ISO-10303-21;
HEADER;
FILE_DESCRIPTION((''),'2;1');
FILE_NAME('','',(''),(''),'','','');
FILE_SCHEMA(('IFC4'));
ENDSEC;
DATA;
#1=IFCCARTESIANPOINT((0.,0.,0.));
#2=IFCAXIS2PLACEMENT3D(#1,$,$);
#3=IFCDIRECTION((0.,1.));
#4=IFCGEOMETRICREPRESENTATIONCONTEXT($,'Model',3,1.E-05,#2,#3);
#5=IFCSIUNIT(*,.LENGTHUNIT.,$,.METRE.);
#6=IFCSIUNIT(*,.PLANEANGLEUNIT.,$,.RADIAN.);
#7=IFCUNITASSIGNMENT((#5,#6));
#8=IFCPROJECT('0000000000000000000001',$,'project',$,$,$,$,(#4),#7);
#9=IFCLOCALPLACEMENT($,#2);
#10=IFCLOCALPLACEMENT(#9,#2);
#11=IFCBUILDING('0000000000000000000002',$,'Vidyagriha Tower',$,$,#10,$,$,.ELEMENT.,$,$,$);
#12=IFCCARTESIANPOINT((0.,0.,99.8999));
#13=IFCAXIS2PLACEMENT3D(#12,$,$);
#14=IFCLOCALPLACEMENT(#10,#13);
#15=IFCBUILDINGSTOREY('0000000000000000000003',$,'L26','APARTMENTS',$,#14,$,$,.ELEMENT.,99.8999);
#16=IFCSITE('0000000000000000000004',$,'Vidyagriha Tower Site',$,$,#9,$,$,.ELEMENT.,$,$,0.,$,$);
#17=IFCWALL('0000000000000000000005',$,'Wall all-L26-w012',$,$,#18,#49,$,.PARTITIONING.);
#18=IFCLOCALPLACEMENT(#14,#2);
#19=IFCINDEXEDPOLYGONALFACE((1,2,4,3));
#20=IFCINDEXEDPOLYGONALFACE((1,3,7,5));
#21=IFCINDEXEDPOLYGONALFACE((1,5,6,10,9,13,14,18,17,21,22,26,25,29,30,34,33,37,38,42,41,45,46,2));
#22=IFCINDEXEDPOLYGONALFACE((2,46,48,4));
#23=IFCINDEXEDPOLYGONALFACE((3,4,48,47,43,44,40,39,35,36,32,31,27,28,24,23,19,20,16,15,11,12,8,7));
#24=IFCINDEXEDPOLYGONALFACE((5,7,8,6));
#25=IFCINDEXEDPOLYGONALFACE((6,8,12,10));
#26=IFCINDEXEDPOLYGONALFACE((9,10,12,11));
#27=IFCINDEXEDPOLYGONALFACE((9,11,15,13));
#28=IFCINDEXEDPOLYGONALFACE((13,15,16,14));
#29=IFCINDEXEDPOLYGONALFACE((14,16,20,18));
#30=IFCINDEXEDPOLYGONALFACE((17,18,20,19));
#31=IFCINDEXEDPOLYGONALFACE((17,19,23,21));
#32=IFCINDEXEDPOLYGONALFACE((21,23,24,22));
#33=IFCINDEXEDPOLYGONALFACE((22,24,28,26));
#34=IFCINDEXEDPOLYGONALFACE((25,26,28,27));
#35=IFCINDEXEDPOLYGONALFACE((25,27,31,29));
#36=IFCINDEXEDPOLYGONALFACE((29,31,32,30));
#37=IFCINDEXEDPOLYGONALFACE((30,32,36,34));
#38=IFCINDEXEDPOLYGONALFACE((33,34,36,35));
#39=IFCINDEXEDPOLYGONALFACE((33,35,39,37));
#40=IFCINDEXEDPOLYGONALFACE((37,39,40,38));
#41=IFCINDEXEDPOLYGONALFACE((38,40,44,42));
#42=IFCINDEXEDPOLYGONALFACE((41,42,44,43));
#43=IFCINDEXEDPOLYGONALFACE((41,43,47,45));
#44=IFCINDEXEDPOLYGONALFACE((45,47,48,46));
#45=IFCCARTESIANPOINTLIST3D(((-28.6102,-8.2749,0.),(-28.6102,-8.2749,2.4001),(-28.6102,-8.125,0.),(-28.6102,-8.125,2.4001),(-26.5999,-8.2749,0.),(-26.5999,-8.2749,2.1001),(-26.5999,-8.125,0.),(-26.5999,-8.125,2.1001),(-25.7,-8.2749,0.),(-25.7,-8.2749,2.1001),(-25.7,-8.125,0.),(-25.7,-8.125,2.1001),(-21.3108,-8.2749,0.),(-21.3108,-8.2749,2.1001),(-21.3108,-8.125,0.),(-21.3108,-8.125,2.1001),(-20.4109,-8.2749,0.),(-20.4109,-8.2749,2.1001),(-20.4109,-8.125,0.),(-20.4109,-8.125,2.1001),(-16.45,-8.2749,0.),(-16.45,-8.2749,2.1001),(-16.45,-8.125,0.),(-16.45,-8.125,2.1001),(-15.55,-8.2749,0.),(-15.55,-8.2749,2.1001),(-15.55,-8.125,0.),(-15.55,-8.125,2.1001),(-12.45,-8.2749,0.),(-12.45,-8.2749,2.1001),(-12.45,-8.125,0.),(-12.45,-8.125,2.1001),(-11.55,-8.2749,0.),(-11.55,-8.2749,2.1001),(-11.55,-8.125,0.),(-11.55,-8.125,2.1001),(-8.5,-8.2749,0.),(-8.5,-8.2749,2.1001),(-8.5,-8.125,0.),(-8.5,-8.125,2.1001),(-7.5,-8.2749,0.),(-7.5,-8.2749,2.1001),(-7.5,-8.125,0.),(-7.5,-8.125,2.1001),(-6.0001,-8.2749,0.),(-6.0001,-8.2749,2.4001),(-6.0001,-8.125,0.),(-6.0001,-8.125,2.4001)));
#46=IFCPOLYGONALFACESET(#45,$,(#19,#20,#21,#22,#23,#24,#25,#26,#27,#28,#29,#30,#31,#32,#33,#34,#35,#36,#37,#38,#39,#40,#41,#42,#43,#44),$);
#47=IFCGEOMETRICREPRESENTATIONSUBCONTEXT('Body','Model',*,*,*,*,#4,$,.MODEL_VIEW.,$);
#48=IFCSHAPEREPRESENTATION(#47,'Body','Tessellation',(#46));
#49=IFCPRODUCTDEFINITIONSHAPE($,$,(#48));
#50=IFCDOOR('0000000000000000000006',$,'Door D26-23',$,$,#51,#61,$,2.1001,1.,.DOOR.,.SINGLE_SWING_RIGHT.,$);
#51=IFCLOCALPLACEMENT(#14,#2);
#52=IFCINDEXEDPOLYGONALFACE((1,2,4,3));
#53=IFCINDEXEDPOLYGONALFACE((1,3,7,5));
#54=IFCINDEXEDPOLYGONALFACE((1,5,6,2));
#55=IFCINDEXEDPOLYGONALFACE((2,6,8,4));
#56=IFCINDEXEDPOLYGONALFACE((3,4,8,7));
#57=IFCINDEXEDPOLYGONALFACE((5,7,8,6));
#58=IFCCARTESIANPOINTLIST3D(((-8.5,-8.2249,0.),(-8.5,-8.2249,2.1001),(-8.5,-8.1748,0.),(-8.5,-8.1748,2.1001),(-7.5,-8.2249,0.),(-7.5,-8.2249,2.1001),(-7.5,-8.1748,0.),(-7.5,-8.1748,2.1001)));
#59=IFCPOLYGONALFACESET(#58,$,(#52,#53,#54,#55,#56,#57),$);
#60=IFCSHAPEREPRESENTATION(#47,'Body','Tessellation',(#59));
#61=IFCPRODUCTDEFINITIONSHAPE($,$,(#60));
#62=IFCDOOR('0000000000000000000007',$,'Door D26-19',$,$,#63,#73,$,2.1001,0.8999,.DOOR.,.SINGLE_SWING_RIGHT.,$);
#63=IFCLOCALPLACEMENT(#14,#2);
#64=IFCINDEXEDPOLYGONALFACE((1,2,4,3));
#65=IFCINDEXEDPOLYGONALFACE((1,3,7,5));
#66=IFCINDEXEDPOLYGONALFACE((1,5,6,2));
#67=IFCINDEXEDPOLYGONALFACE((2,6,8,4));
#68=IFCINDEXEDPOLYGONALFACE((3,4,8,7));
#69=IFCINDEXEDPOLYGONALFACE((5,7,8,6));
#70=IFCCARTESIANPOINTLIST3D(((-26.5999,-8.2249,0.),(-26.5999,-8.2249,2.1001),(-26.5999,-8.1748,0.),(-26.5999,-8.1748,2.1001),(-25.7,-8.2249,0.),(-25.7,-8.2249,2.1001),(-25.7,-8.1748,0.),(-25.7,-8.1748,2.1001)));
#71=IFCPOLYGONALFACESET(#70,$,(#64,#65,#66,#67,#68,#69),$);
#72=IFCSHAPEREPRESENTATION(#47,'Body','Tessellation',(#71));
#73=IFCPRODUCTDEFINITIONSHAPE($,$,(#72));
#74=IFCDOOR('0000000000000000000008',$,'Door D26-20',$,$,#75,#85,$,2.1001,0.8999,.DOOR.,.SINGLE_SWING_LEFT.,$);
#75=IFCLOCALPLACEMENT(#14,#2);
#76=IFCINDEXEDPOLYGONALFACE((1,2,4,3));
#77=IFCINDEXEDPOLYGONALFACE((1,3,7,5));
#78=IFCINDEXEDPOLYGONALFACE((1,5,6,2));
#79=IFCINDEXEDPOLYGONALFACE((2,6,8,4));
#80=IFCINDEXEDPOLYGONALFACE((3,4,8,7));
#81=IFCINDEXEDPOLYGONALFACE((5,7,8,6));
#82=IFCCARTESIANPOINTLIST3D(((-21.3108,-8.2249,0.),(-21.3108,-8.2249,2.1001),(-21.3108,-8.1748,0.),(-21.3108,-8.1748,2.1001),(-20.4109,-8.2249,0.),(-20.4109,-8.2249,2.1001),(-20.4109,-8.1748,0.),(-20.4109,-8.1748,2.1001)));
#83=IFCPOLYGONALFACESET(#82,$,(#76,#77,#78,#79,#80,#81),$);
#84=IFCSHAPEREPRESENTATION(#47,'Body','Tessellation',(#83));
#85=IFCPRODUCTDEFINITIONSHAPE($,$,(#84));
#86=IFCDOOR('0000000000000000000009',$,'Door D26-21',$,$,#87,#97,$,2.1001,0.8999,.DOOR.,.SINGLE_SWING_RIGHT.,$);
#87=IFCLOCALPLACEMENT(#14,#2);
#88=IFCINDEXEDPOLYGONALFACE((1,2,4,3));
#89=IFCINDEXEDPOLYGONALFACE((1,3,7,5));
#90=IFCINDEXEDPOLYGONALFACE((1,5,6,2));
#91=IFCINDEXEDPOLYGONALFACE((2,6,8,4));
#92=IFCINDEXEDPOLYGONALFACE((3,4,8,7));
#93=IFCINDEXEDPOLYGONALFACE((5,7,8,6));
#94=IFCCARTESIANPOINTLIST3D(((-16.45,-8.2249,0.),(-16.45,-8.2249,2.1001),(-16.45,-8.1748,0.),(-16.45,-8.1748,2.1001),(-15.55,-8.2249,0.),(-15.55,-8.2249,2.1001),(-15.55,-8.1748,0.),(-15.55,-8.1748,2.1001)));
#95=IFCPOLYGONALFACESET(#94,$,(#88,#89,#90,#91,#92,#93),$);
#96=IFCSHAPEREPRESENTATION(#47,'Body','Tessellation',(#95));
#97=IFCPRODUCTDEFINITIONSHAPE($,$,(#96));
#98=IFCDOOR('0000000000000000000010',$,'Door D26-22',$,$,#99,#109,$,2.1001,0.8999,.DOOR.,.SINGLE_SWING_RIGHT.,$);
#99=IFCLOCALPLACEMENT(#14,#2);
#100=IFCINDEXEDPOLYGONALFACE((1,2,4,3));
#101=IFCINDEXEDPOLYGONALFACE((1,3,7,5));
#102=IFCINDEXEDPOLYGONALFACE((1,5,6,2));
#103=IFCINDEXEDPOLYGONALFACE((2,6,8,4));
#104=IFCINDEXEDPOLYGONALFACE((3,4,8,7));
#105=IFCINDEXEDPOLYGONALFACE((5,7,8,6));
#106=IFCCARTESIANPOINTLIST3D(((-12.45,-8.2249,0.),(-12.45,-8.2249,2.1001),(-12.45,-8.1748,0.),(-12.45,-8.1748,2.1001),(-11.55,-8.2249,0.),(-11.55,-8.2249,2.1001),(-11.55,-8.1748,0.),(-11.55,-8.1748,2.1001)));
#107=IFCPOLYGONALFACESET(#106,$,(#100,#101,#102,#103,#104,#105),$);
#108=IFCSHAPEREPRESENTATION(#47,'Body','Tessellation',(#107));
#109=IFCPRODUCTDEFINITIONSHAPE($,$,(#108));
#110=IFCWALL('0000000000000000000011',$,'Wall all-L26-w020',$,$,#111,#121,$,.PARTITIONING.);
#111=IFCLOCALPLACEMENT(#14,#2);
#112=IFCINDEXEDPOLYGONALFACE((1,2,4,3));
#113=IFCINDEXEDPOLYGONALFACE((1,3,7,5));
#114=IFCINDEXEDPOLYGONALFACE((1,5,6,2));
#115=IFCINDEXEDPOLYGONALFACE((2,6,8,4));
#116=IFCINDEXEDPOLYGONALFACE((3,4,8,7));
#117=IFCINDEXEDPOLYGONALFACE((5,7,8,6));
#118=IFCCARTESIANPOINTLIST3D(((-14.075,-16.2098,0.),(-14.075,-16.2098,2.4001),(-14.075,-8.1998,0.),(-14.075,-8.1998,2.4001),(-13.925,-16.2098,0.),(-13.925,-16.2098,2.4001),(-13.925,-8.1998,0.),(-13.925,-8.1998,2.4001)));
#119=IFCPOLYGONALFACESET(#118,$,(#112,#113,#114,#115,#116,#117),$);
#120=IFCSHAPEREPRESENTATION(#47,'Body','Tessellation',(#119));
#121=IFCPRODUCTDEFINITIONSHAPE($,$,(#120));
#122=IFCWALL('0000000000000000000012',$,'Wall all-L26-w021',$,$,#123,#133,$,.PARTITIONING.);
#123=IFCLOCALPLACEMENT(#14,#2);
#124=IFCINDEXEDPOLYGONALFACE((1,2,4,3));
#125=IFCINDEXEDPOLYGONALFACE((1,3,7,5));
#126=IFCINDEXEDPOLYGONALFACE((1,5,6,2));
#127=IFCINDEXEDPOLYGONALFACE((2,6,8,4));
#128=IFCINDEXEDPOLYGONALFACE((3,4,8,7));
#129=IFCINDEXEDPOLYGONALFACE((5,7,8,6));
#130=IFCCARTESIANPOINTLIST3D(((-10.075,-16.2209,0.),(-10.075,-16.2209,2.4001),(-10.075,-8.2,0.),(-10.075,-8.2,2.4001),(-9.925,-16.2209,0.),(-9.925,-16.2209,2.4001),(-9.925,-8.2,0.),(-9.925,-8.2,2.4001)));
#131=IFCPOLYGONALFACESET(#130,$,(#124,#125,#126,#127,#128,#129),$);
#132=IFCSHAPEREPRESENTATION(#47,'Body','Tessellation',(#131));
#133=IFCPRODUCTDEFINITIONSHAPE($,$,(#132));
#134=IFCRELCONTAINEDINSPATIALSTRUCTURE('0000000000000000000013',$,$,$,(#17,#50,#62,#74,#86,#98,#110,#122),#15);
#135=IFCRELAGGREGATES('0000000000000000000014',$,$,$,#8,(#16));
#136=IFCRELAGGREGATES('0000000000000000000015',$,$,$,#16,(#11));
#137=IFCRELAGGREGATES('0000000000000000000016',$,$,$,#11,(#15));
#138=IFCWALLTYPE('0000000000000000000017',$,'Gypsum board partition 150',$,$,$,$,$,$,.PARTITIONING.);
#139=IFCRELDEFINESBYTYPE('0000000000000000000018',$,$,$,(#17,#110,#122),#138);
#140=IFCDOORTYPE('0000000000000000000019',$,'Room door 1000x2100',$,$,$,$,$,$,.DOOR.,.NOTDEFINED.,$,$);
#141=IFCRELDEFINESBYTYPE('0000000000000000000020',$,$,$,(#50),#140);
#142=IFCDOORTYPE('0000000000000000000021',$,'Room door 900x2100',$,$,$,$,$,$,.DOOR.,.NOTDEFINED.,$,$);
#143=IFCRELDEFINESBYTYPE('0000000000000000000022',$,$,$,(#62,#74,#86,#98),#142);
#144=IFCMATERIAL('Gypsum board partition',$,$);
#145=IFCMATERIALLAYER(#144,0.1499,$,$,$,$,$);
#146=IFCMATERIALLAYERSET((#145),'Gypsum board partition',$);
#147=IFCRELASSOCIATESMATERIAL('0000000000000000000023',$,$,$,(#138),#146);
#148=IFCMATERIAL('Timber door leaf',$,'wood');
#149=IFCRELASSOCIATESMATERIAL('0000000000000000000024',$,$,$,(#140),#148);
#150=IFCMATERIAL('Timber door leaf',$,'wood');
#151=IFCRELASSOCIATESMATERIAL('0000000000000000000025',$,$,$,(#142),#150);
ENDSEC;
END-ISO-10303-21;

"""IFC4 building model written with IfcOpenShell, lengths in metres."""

from ifc_helpers import new_model, si_unit, direction, frame, frame_2d, origin, place, context, subcontext, project, spatial, rectangle, extrude, material, layer, layer_set, type_object, element, fill, save


model = new_model("IFC4")

# Units and contexts
model_context = context("Model", 3, precision=1e-05, world=origin(), true_north=direction((0.0, 1.0)))
body_context = subcontext(model_context, "Body", "Model", "MODEL_VIEW")
ifc_project = project(units=[si_unit("LENGTHUNIT", "METRE"), si_unit("PLANEANGLEUNIT", "RADIAN")], contexts=[model_context])

# Site, building, storey
site_placement = place(None, origin())
site = spatial("IfcSite", under=ifc_project, at=site_placement, Name="Vidyagriha Tower Site", CompositionType="ELEMENT", RefElevation=0.0)
building_placement = place(site_placement, origin())
building = spatial("IfcBuilding", under=site, at=building_placement, Name="Vidyagriha Tower", CompositionType="ELEMENT")
storey_placement = place(building_placement, frame((0.0, 0.0, 99.8999)))
storey = spatial("IfcBuildingStorey", under=building, at=storey_placement, Name="L26", Description="APARTMENTS", CompositionType="ELEMENT", Elevation=99.8999)

# Shared definitions
ifc_material_1 = material(Name="Gypsum board partition")
ifc_layer_1 = layer(ifc_material_1, 0.1499)
ifc_layer_set_1 = layer_set([ifc_layer_1], Name="Gypsum board partition")
wall_type_1 = type_object("IfcWallType", Name="Gypsum board partition 150", PredefinedType="PARTITIONING", material=ifc_layer_set_1)

# Wall, openings, doors
wall_1_placement = place(storey_placement, frame((-6.0, -8.2, 0.0), z_axis=(0.0, 0.0, 1.0), x_axis=(-1.0, 0.0, 0.0)))
wall_1 = element("IfcWall", 1, at=wall_1_placement, inside=storey, type_object=wall_type_1, Name="Wall all-L26-w012", PredefinedType="PARTITIONING", context=body_context, shape_type="SweptSolid", body=[
    extrude(rectangle(XDim=22.6101, YDim=0.1499, at=frame_2d((11.3052, 0.0))), origin(), (0.0, 0.0, 1.0), 2.4001),
])
opening_1_placement = place(wall_1_placement, frame((19.7, 0.0, 0.0)))
opening_1 = element("IfcOpeningElement", 2, at=opening_1_placement, cuts=wall_1, PredefinedType="OPENING", context=body_context, shape_type="SweptSolid", body=[
    extrude(rectangle(XDim=0.8999, YDim=2.1001, at=frame_2d((0.45, 1.05))), frame((0.0, 0.085, 0.0), z_axis=(0.0, -1.0, 0.0), x_axis=(1.0, 0.0, 0.0)), (0.0, 0.0, 1.0), 0.1699),
])
opening_2_placement = place(wall_1_placement, frame((14.4109, 0.0, 0.0)))
opening_2 = element("IfcOpeningElement", 3, at=opening_2_placement, cuts=wall_1, PredefinedType="OPENING", context=body_context, shape_type="SweptSolid", body=[
    extrude(rectangle(XDim=0.8999, YDim=2.1001, at=frame_2d((0.45, 1.05))), frame((0.0, 0.085, 0.0), z_axis=(0.0, -1.0, 0.0), x_axis=(1.0, 0.0, 0.0)), (0.0, 0.0, 1.0), 0.1699),
])
opening_3_placement = place(wall_1_placement, frame((9.55, 0.0, 0.0)))
opening_3 = element("IfcOpeningElement", 4, at=opening_3_placement, cuts=wall_1, PredefinedType="OPENING", context=body_context, shape_type="SweptSolid", body=[
    extrude(rectangle(XDim=0.8999, YDim=2.1001, at=frame_2d((0.45, 1.05))), frame((0.0, 0.085, 0.0), z_axis=(0.0, -1.0, 0.0), x_axis=(1.0, 0.0, 0.0)), (0.0, 0.0, 1.0), 0.1699),
])
opening_4_placement = place(wall_1_placement, frame((5.55, 0.0, 0.0)))
opening_4 = element("IfcOpeningElement", 5, at=opening_4_placement, cuts=wall_1, PredefinedType="OPENING", context=body_context, shape_type="SweptSolid", body=[
    extrude(rectangle(XDim=0.8999, YDim=2.1001, at=frame_2d((0.45, 1.05))), frame((0.0, 0.085, 0.0), z_axis=(0.0, -1.0, 0.0), x_axis=(1.0, 0.0, 0.0)), (0.0, 0.0, 1.0), 0.1699),
])
opening_5_placement = place(wall_1_placement, frame((1.5, 0.0, 0.0)))
opening_5 = element("IfcOpeningElement", 6, at=opening_5_placement, cuts=wall_1, PredefinedType="OPENING", context=body_context, shape_type="SweptSolid", body=[
    extrude(rectangle(XDim=1.0, YDim=2.1001, at=frame_2d((0.5, 1.05))), frame((0.0, 0.085, 0.0), z_axis=(0.0, -1.0, 0.0), x_axis=(1.0, 0.0, 0.0)), (0.0, 0.0, 1.0), 0.1699),
])
ifc_material_2 = material(Name="Timber door leaf", Category="wood")
door_type_1 = type_object("IfcDoorType", Name="Room door 1000x2100", OperationType="NOTDEFINED", PredefinedType="DOOR", material=ifc_material_2)
door_1_placement = place(opening_5_placement, origin())
door_1 = element("IfcDoor", 7, at=door_1_placement, inside=storey, type_object=door_type_1, Name="Door D26-23", OperationType="SINGLE_SWING_RIGHT", OverallHeight=2.1001, OverallWidth=1.0, PredefinedType="DOOR", context=body_context, shape_type="SweptSolid", body=[
    extrude(rectangle(XDim=1.0, YDim=2.1001, at=frame_2d((0.5, 1.05))), frame((0.0, 0.0249, 0.0), z_axis=(0.0, -1.0, 0.0), x_axis=(1.0, 0.0, 0.0)), (0.0, 0.0, 1.0), 0.05),
])
fill(opening_5, door_1)
ifc_material_3 = material(Name="Timber door leaf", Category="wood")
door_type_2 = type_object("IfcDoorType", Name="Room door 900x2100", OperationType="NOTDEFINED", PredefinedType="DOOR", material=ifc_material_3)
door_2_placement = place(opening_1_placement, origin())
door_2 = element("IfcDoor", 8, at=door_2_placement, inside=storey, type_object=door_type_2, Name="Door D26-19", OperationType="SINGLE_SWING_RIGHT", OverallHeight=2.1001, OverallWidth=0.8999, PredefinedType="DOOR", context=body_context, shape_type="SweptSolid", body=[
    extrude(rectangle(XDim=0.8999, YDim=2.1001, at=frame_2d((0.45, 1.05))), frame((0.0, 0.0249, 0.0), z_axis=(0.0, -1.0, 0.0), x_axis=(1.0, 0.0, 0.0)), (0.0, 0.0, 1.0), 0.05),
])
fill(opening_1, door_2)
door_3_placement = place(opening_2_placement, origin())
door_3 = element("IfcDoor", 9, at=door_3_placement, inside=storey, type_object=door_type_2, Name="Door D26-20", OperationType="SINGLE_SWING_LEFT", OverallHeight=2.1001, OverallWidth=0.8999, PredefinedType="DOOR", context=body_context, shape_type="SweptSolid", body=[
    extrude(rectangle(XDim=0.8999, YDim=2.1001, at=frame_2d((0.45, 1.05))), frame((0.0, 0.0249, 0.0), z_axis=(0.0, -1.0, 0.0), x_axis=(1.0, 0.0, 0.0)), (0.0, 0.0, 1.0), 0.05),
])
fill(opening_2, door_3)
door_4_placement = place(opening_3_placement, origin())
door_4 = element("IfcDoor", 10, at=door_4_placement, inside=storey, type_object=door_type_2, Name="Door D26-21", OperationType="SINGLE_SWING_RIGHT", OverallHeight=2.1001, OverallWidth=0.8999, PredefinedType="DOOR", context=body_context, shape_type="SweptSolid", body=[
    extrude(rectangle(XDim=0.8999, YDim=2.1001, at=frame_2d((0.45, 1.05))), frame((0.0, 0.0249, 0.0), z_axis=(0.0, -1.0, 0.0), x_axis=(1.0, 0.0, 0.0)), (0.0, 0.0, 1.0), 0.05),
])
fill(opening_3, door_4)
door_5_placement = place(opening_4_placement, origin())
door_5 = element("IfcDoor", 11, at=door_5_placement, inside=storey, type_object=door_type_2, Name="Door D26-22", OperationType="SINGLE_SWING_RIGHT", OverallHeight=2.1001, OverallWidth=0.8999, PredefinedType="DOOR", context=body_context, shape_type="SweptSolid", body=[
    extrude(rectangle(XDim=0.8999, YDim=2.1001, at=frame_2d((0.45, 1.05))), frame((0.0, 0.0249, 0.0), z_axis=(0.0, -1.0, 0.0), x_axis=(1.0, 0.0, 0.0)), (0.0, 0.0, 1.0), 0.05),
])
fill(opening_4, door_5)

# Walls
wall_2_placement = place(storey_placement, frame((-14.0, -8.2, 0.0), z_axis=(0.0, 0.0, 1.0), x_axis=(0.0, -1.0, 0.0)))
element("IfcWall", 12, at=wall_2_placement, inside=storey, type_object=wall_type_1, Name="Wall all-L26-w020", PredefinedType="PARTITIONING", context=body_context, shape_type="SweptSolid", body=[
    extrude(rectangle(XDim=8.01, YDim=0.1499, at=frame_2d((4.0049, 0.0))), origin(), (0.0, 0.0, 1.0), 2.4001),
])
wall_3_placement = place(storey_placement, frame((-10.0, -8.2, 0.0), z_axis=(0.0, 0.0, 1.0), x_axis=(0.0, -1.0, 0.0)))
element("IfcWall", 13, at=wall_3_placement, inside=storey, type_object=wall_type_1, Name="Wall all-L26-w021", PredefinedType="PARTITIONING", context=body_context, shape_type="SweptSolid", body=[
    extrude(rectangle(XDim=8.021, YDim=0.1499, at=frame_2d((4.0105, 0.0))), origin(), (0.0, 0.0, 1.0), 2.4001),
])

save(model, "model.ifc")
